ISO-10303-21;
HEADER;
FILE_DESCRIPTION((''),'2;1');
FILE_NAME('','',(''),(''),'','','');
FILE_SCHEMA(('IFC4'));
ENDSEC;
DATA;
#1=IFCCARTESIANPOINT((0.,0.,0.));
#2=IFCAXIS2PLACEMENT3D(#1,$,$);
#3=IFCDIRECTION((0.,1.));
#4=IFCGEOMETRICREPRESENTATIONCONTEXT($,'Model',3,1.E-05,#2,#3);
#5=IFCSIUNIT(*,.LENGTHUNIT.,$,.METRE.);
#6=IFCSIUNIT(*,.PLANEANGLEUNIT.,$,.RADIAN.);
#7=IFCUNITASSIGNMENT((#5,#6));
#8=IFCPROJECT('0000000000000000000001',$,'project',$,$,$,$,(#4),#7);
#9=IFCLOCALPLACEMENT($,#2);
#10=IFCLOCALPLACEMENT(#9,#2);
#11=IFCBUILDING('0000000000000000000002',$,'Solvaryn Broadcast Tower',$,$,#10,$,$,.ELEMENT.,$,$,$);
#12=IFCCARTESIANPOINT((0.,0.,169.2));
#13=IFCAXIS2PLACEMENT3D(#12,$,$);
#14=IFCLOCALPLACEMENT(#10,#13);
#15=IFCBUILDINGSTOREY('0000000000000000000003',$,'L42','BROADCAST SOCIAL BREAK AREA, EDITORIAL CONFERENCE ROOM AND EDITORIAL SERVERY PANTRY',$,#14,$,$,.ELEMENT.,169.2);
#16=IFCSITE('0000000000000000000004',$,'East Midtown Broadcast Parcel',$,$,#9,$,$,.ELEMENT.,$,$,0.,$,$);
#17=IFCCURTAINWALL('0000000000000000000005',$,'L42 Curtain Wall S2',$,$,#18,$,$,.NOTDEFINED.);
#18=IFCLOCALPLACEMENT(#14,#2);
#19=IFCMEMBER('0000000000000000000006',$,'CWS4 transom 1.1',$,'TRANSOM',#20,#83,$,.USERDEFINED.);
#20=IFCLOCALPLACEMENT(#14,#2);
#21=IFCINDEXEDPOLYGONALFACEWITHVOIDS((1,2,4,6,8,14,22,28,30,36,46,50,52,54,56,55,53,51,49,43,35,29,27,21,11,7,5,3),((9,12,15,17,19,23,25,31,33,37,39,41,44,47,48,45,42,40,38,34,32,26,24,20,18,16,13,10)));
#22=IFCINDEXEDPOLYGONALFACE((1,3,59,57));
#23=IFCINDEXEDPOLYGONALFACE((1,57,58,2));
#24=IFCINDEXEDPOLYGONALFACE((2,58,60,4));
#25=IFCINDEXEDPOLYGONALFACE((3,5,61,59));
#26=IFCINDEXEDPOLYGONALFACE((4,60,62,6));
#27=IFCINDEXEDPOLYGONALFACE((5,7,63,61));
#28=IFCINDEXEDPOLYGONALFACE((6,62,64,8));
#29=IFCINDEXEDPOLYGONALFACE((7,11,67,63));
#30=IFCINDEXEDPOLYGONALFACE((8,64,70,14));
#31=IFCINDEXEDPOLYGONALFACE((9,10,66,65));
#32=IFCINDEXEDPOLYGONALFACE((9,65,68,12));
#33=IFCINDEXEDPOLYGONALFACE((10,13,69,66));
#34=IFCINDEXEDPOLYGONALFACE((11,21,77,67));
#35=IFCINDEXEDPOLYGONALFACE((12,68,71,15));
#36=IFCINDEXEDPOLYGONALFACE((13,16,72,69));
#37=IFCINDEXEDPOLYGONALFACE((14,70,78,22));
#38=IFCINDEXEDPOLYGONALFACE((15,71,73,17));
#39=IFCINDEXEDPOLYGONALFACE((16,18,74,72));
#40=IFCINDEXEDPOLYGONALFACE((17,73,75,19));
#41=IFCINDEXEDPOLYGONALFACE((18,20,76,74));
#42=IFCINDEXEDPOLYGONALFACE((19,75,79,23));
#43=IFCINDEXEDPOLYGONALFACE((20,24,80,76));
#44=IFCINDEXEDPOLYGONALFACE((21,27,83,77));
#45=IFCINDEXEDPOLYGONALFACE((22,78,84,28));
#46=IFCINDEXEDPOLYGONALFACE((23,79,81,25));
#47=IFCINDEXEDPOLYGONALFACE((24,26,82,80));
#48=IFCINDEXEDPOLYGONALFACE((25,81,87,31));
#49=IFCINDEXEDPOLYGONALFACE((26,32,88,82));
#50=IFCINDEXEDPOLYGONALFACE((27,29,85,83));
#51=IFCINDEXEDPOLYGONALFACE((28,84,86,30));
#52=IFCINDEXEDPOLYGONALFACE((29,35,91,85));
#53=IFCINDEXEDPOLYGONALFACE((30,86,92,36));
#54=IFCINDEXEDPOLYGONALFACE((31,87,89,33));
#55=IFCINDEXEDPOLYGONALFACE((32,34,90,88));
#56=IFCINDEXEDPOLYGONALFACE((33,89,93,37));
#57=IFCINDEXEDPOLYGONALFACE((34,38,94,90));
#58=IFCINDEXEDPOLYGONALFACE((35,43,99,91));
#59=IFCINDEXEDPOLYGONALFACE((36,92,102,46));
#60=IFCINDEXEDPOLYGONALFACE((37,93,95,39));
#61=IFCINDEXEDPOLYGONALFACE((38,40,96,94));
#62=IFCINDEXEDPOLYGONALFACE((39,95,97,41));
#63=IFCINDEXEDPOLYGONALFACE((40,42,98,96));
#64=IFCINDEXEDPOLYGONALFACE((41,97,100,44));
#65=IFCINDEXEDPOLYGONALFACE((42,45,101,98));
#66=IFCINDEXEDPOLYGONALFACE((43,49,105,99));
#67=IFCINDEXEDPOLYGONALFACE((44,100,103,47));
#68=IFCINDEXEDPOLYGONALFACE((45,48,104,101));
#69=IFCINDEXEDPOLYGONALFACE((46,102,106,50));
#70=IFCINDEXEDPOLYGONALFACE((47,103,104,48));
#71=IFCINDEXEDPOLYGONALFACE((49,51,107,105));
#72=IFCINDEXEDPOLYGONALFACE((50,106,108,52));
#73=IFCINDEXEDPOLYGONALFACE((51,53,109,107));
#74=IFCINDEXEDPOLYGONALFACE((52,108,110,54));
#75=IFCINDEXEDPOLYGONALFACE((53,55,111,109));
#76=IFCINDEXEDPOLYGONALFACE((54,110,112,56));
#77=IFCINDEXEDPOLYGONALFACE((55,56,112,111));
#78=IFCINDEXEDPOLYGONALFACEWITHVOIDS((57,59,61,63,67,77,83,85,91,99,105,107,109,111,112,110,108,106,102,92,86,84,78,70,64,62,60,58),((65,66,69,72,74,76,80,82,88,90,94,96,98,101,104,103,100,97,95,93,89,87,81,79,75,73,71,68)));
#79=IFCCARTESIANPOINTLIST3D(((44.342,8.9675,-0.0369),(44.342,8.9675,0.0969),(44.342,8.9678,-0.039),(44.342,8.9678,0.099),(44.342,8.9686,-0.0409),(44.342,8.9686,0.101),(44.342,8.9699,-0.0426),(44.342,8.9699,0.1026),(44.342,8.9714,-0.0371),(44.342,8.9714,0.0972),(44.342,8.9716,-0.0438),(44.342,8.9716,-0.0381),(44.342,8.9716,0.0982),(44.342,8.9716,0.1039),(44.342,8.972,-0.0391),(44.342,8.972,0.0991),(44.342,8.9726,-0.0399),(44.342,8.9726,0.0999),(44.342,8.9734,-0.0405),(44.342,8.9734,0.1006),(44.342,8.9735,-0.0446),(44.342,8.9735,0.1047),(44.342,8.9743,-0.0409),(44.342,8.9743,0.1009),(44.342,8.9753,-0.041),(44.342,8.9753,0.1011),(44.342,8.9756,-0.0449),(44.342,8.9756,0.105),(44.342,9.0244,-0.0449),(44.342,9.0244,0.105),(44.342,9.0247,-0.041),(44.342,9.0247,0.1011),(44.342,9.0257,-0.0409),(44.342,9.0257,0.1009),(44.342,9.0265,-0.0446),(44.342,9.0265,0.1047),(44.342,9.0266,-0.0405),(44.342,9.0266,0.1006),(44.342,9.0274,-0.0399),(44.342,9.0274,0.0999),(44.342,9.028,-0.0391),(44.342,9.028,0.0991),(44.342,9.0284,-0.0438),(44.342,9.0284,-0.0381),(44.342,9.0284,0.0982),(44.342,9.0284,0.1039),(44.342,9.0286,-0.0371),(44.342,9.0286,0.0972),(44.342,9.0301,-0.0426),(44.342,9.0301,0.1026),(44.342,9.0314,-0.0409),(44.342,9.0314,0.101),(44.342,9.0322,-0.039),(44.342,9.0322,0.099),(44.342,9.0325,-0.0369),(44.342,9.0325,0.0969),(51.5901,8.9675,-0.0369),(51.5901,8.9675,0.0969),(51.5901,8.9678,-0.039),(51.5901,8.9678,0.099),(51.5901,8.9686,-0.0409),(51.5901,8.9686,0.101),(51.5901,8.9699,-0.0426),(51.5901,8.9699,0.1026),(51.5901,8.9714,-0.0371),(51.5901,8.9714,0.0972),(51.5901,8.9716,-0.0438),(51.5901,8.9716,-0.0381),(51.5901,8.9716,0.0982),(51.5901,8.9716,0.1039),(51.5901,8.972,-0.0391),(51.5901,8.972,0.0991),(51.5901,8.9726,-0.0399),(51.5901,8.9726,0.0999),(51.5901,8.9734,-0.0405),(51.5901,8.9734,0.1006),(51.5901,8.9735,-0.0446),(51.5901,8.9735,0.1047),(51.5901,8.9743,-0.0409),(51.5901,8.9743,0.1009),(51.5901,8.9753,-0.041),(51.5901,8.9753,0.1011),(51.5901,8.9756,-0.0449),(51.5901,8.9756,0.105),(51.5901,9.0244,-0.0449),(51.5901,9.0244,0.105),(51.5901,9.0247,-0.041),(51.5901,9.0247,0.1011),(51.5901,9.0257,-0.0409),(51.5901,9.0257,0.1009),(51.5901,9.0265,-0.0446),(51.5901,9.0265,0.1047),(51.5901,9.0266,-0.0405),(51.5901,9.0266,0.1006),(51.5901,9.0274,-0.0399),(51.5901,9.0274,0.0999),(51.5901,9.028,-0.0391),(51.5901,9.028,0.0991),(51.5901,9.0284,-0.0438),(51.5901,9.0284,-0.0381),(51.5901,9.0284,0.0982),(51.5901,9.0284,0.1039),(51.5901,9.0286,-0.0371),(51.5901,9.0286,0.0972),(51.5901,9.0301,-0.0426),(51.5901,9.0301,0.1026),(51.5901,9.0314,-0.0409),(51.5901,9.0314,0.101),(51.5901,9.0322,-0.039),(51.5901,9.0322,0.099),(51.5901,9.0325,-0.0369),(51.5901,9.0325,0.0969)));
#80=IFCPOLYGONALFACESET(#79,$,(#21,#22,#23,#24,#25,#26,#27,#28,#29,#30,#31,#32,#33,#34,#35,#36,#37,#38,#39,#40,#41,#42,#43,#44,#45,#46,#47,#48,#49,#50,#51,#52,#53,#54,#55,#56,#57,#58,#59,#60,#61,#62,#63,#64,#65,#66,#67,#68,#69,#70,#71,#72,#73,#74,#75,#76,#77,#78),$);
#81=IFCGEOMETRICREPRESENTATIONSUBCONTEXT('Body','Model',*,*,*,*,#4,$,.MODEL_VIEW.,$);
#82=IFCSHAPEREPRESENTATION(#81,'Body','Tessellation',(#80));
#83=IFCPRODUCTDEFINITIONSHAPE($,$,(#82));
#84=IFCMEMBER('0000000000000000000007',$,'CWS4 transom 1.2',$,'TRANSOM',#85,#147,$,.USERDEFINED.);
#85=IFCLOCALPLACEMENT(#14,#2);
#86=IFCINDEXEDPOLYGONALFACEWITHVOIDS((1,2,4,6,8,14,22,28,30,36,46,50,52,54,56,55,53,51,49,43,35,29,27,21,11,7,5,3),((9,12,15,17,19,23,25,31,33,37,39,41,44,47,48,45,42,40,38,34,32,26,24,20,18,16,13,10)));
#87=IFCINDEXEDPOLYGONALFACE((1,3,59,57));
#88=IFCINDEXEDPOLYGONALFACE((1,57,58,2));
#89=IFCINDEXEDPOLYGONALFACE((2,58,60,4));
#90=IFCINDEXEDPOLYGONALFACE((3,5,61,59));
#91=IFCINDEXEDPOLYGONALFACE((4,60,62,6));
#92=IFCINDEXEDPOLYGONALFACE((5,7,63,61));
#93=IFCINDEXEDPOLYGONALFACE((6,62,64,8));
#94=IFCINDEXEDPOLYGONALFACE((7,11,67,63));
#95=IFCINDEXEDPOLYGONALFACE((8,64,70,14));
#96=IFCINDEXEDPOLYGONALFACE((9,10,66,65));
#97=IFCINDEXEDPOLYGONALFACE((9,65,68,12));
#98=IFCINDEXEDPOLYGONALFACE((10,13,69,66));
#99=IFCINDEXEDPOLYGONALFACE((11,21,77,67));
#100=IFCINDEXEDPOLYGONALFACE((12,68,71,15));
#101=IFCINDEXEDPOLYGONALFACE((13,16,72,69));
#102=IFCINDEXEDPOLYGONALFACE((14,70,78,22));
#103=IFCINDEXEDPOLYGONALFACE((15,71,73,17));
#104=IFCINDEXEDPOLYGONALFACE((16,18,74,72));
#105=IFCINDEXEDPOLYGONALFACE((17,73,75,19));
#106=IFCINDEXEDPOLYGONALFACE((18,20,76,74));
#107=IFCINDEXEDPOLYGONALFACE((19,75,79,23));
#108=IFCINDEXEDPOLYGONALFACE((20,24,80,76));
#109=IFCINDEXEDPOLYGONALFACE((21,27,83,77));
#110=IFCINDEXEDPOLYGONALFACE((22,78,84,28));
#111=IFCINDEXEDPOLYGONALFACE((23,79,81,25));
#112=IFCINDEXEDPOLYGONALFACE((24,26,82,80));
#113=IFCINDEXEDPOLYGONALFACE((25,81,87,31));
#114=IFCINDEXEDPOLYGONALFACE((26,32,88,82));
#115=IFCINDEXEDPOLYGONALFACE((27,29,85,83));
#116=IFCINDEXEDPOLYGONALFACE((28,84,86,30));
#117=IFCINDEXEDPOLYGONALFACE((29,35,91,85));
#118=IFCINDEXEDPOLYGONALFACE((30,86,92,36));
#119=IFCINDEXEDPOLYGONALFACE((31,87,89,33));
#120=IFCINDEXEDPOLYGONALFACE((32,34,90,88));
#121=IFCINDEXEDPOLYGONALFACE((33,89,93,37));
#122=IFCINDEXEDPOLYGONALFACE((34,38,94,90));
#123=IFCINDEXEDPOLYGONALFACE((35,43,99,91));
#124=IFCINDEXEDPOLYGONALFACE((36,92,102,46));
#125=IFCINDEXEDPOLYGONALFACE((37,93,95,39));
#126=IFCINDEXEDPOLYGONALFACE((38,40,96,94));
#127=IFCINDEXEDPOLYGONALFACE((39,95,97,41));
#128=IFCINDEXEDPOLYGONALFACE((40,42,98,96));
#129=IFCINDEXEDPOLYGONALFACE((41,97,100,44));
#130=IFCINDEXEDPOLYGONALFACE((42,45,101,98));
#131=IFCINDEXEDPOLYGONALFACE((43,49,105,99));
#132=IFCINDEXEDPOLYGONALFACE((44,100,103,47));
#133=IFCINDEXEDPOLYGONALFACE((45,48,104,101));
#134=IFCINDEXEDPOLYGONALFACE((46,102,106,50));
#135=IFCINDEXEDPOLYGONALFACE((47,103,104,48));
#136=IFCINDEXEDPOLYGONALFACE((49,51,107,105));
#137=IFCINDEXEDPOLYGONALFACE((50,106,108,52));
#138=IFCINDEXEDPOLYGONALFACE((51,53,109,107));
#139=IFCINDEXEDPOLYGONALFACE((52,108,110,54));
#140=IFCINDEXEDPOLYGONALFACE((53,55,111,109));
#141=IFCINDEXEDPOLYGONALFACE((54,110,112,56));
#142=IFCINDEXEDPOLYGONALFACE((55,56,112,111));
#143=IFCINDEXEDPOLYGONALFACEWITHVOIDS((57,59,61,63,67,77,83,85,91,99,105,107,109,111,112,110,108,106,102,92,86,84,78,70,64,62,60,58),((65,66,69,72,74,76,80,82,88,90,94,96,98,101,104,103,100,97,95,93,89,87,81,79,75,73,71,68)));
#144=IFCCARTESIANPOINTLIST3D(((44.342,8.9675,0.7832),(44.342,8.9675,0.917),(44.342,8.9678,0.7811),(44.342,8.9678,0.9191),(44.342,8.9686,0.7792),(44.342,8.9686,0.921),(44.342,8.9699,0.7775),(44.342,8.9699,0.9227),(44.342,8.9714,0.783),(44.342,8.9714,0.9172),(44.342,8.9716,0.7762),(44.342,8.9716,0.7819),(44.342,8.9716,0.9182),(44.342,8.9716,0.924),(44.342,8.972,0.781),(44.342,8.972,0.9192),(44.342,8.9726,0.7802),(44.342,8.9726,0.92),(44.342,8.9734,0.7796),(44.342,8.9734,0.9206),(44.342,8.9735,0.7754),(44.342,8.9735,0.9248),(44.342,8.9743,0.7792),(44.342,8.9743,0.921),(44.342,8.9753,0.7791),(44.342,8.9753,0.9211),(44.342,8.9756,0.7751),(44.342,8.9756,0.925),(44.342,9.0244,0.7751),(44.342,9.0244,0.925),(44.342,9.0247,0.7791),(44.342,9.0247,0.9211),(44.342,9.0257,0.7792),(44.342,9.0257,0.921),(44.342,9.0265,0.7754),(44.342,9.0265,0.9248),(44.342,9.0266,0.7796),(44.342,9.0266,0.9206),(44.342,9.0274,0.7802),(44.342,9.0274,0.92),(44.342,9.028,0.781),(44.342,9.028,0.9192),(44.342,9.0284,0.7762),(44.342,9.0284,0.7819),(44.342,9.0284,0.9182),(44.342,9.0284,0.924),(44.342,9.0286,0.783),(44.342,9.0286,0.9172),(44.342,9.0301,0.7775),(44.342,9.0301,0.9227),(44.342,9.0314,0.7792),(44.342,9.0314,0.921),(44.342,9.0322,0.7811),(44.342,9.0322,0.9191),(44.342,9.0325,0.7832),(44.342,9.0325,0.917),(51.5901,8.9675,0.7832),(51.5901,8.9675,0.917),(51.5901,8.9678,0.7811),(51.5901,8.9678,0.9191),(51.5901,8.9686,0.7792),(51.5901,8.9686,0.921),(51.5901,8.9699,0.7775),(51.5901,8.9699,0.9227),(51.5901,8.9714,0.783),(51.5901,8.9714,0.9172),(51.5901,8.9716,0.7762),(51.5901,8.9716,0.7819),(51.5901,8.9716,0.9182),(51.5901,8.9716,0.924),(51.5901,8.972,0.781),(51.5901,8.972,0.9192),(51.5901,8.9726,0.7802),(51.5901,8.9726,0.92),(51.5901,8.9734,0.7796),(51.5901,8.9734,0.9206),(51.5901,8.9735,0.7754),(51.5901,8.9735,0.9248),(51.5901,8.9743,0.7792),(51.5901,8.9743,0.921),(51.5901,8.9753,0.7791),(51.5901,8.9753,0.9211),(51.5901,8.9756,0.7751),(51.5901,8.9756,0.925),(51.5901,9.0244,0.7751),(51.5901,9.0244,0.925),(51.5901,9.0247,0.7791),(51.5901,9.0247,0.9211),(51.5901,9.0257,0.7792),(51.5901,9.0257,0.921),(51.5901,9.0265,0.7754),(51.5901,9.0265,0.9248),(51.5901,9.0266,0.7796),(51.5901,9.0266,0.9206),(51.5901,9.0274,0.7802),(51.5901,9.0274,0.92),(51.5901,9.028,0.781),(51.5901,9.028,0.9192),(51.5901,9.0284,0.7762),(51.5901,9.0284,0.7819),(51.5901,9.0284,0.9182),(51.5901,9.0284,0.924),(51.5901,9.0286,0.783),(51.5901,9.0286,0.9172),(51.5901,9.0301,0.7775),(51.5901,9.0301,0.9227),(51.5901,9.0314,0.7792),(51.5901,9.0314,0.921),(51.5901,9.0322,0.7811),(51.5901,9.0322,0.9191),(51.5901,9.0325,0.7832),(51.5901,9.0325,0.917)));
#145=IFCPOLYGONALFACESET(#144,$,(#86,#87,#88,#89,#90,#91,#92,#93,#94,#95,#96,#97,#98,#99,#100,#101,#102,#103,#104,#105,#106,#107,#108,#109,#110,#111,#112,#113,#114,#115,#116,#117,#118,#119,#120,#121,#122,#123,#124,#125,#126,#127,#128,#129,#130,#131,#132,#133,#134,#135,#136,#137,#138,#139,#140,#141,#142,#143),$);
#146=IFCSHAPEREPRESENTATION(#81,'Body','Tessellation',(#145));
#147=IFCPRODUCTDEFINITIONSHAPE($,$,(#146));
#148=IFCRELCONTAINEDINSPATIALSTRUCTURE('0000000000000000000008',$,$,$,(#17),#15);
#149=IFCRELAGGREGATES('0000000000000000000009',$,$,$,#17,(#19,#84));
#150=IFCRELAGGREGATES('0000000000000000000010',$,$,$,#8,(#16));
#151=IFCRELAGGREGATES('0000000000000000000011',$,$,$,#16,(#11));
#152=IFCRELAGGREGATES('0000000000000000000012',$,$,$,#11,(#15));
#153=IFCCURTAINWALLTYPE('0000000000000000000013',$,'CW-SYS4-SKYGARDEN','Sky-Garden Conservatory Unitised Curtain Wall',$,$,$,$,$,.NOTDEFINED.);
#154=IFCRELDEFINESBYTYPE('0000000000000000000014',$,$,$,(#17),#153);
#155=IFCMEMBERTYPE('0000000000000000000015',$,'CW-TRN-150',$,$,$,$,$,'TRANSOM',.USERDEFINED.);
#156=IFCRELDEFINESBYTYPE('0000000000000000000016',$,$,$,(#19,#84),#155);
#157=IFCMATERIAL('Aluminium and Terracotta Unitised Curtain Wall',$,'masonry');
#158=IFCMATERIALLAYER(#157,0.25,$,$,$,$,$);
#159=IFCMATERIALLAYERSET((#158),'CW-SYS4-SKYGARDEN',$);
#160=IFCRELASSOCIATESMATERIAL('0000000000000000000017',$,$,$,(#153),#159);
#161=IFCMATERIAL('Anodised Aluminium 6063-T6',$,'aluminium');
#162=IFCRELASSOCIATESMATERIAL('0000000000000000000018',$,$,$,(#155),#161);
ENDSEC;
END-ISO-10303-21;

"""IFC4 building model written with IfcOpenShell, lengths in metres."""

from ifc_helpers import new_model, si_unit, direction, frame, origin, origin_2d, place, context, subcontext, project, spatial, hollow_rectangle, extrude, material, layer, layer_set, material_profile, profile_set, type_object, element, aggregate, save


model = new_model("IFC4")

# Units and contexts
model_context = context("Model", 3, precision=1e-05, world=origin(), true_north=direction((0.0, 1.0)))
body_context = subcontext(model_context, "Body", "Model", "MODEL_VIEW")
ifc_project = project(units=[si_unit("LENGTHUNIT", "METRE"), si_unit("PLANEANGLEUNIT", "RADIAN")], contexts=[model_context])

# Site, building, storey
site_placement = place(None, origin())
site = spatial("IfcSite", under=ifc_project, at=site_placement, Name="East Midtown Broadcast Parcel", CompositionType="ELEMENT", RefElevation=0.0)
building_placement = place(site_placement, origin())
building = spatial("IfcBuilding", under=site, at=building_placement, Name="Solvaryn Broadcast Tower", CompositionType="ELEMENT")
storey_placement = place(building_placement, frame((0.0, 0.0, 169.2)))
storey = spatial("IfcBuildingStorey", under=building, at=storey_placement, Name="L42", Description="BROADCAST SOCIAL BREAK AREA, EDITORIAL CONFERENCE ROOM AND EDITORIAL SERVERY PANTRY", CompositionType="ELEMENT", Elevation=169.2)

# Shared definitions
ifc_material_1 = material(Name="Aluminium and Terracotta Unitised Curtain Wall", Category="masonry")
ifc_layer_1 = layer(ifc_material_1, 0.25)
ifc_layer_set_1 = layer_set([ifc_layer_1], Name="CW-SYS4-SKYGARDEN")
curtain_wall_type = type_object("IfcCurtainWallType", Name="CW-SYS4-SKYGARDEN", Description="Sky-Garden Conservatory Unitised Curtain Wall", PredefinedType="NOTDEFINED", material=ifc_layer_set_1)

# Curtain wall, members
curtain_wall_1_placement = place(storey_placement, origin())
curtain_wall_1 = element("IfcCurtainWall", 1, at=curtain_wall_1_placement, inside=storey, type_object=curtain_wall_type, Name="L42 Curtain Wall S2", PredefinedType="NOTDEFINED")
ifc_material_2 = material(Name="Anodised Aluminium 6063-T6", Category="aluminium")
ifc_material_profile_1 = material_profile(ifc_material_2, hollow_rectangle(XDim=0.0649, YDim=0.1499, WallThickness=0.0039, InnerFilletRadius=0.0039, OuterFilletRadius=0.0081, at=origin_2d()))
ifc_profile_set_1 = profile_set([ifc_material_profile_1], Name="Anodised Aluminium 6063-T6")
member_type_1 = type_object("IfcMemberType", Name="CW-TRN-150", ElementType="TRANSOM", PredefinedType="USERDEFINED", material=ifc_profile_set_1)
member_1_placement = place(storey_placement, frame((44.342, 9.0, 0.03), z_axis=(1.0, 0.0, 0.0), x_axis=(0.0, 1.0, 0.0)))
member_1 = element("IfcMember", 2, at=member_1_placement, type_object=member_type_1, Name="CWS4 transom 1.1", ObjectType="TRANSOM", PredefinedType="USERDEFINED", context=body_context, shape_type="SweptSolid", body=[
    extrude(hollow_rectangle(XDim=0.0649, YDim=0.1499, WallThickness=0.0039, InnerFilletRadius=0.0039, OuterFilletRadius=0.0081, at=origin_2d()), origin(), (0.0, 0.0, 1.0), 7.248),
])
member_2_placement = place(storey_placement, frame((44.342, 9.0, 0.8501), z_axis=(1.0, 0.0, 0.0), x_axis=(0.0, 1.0, 0.0)))
member_2 = element("IfcMember", 3, at=member_2_placement, type_object=member_type_1, Name="CWS4 transom 1.2", ObjectType="TRANSOM", PredefinedType="USERDEFINED", context=body_context, shape_type="SweptSolid", body=[
    extrude(hollow_rectangle(XDim=0.0649, YDim=0.1499, WallThickness=0.0039, InnerFilletRadius=0.0039, OuterFilletRadius=0.0081, at=origin_2d()), origin(), (0.0, 0.0, 1.0), 7.248),
])
aggregate(curtain_wall_1, [member_1, member_2])

save(model, "model.ifc")
